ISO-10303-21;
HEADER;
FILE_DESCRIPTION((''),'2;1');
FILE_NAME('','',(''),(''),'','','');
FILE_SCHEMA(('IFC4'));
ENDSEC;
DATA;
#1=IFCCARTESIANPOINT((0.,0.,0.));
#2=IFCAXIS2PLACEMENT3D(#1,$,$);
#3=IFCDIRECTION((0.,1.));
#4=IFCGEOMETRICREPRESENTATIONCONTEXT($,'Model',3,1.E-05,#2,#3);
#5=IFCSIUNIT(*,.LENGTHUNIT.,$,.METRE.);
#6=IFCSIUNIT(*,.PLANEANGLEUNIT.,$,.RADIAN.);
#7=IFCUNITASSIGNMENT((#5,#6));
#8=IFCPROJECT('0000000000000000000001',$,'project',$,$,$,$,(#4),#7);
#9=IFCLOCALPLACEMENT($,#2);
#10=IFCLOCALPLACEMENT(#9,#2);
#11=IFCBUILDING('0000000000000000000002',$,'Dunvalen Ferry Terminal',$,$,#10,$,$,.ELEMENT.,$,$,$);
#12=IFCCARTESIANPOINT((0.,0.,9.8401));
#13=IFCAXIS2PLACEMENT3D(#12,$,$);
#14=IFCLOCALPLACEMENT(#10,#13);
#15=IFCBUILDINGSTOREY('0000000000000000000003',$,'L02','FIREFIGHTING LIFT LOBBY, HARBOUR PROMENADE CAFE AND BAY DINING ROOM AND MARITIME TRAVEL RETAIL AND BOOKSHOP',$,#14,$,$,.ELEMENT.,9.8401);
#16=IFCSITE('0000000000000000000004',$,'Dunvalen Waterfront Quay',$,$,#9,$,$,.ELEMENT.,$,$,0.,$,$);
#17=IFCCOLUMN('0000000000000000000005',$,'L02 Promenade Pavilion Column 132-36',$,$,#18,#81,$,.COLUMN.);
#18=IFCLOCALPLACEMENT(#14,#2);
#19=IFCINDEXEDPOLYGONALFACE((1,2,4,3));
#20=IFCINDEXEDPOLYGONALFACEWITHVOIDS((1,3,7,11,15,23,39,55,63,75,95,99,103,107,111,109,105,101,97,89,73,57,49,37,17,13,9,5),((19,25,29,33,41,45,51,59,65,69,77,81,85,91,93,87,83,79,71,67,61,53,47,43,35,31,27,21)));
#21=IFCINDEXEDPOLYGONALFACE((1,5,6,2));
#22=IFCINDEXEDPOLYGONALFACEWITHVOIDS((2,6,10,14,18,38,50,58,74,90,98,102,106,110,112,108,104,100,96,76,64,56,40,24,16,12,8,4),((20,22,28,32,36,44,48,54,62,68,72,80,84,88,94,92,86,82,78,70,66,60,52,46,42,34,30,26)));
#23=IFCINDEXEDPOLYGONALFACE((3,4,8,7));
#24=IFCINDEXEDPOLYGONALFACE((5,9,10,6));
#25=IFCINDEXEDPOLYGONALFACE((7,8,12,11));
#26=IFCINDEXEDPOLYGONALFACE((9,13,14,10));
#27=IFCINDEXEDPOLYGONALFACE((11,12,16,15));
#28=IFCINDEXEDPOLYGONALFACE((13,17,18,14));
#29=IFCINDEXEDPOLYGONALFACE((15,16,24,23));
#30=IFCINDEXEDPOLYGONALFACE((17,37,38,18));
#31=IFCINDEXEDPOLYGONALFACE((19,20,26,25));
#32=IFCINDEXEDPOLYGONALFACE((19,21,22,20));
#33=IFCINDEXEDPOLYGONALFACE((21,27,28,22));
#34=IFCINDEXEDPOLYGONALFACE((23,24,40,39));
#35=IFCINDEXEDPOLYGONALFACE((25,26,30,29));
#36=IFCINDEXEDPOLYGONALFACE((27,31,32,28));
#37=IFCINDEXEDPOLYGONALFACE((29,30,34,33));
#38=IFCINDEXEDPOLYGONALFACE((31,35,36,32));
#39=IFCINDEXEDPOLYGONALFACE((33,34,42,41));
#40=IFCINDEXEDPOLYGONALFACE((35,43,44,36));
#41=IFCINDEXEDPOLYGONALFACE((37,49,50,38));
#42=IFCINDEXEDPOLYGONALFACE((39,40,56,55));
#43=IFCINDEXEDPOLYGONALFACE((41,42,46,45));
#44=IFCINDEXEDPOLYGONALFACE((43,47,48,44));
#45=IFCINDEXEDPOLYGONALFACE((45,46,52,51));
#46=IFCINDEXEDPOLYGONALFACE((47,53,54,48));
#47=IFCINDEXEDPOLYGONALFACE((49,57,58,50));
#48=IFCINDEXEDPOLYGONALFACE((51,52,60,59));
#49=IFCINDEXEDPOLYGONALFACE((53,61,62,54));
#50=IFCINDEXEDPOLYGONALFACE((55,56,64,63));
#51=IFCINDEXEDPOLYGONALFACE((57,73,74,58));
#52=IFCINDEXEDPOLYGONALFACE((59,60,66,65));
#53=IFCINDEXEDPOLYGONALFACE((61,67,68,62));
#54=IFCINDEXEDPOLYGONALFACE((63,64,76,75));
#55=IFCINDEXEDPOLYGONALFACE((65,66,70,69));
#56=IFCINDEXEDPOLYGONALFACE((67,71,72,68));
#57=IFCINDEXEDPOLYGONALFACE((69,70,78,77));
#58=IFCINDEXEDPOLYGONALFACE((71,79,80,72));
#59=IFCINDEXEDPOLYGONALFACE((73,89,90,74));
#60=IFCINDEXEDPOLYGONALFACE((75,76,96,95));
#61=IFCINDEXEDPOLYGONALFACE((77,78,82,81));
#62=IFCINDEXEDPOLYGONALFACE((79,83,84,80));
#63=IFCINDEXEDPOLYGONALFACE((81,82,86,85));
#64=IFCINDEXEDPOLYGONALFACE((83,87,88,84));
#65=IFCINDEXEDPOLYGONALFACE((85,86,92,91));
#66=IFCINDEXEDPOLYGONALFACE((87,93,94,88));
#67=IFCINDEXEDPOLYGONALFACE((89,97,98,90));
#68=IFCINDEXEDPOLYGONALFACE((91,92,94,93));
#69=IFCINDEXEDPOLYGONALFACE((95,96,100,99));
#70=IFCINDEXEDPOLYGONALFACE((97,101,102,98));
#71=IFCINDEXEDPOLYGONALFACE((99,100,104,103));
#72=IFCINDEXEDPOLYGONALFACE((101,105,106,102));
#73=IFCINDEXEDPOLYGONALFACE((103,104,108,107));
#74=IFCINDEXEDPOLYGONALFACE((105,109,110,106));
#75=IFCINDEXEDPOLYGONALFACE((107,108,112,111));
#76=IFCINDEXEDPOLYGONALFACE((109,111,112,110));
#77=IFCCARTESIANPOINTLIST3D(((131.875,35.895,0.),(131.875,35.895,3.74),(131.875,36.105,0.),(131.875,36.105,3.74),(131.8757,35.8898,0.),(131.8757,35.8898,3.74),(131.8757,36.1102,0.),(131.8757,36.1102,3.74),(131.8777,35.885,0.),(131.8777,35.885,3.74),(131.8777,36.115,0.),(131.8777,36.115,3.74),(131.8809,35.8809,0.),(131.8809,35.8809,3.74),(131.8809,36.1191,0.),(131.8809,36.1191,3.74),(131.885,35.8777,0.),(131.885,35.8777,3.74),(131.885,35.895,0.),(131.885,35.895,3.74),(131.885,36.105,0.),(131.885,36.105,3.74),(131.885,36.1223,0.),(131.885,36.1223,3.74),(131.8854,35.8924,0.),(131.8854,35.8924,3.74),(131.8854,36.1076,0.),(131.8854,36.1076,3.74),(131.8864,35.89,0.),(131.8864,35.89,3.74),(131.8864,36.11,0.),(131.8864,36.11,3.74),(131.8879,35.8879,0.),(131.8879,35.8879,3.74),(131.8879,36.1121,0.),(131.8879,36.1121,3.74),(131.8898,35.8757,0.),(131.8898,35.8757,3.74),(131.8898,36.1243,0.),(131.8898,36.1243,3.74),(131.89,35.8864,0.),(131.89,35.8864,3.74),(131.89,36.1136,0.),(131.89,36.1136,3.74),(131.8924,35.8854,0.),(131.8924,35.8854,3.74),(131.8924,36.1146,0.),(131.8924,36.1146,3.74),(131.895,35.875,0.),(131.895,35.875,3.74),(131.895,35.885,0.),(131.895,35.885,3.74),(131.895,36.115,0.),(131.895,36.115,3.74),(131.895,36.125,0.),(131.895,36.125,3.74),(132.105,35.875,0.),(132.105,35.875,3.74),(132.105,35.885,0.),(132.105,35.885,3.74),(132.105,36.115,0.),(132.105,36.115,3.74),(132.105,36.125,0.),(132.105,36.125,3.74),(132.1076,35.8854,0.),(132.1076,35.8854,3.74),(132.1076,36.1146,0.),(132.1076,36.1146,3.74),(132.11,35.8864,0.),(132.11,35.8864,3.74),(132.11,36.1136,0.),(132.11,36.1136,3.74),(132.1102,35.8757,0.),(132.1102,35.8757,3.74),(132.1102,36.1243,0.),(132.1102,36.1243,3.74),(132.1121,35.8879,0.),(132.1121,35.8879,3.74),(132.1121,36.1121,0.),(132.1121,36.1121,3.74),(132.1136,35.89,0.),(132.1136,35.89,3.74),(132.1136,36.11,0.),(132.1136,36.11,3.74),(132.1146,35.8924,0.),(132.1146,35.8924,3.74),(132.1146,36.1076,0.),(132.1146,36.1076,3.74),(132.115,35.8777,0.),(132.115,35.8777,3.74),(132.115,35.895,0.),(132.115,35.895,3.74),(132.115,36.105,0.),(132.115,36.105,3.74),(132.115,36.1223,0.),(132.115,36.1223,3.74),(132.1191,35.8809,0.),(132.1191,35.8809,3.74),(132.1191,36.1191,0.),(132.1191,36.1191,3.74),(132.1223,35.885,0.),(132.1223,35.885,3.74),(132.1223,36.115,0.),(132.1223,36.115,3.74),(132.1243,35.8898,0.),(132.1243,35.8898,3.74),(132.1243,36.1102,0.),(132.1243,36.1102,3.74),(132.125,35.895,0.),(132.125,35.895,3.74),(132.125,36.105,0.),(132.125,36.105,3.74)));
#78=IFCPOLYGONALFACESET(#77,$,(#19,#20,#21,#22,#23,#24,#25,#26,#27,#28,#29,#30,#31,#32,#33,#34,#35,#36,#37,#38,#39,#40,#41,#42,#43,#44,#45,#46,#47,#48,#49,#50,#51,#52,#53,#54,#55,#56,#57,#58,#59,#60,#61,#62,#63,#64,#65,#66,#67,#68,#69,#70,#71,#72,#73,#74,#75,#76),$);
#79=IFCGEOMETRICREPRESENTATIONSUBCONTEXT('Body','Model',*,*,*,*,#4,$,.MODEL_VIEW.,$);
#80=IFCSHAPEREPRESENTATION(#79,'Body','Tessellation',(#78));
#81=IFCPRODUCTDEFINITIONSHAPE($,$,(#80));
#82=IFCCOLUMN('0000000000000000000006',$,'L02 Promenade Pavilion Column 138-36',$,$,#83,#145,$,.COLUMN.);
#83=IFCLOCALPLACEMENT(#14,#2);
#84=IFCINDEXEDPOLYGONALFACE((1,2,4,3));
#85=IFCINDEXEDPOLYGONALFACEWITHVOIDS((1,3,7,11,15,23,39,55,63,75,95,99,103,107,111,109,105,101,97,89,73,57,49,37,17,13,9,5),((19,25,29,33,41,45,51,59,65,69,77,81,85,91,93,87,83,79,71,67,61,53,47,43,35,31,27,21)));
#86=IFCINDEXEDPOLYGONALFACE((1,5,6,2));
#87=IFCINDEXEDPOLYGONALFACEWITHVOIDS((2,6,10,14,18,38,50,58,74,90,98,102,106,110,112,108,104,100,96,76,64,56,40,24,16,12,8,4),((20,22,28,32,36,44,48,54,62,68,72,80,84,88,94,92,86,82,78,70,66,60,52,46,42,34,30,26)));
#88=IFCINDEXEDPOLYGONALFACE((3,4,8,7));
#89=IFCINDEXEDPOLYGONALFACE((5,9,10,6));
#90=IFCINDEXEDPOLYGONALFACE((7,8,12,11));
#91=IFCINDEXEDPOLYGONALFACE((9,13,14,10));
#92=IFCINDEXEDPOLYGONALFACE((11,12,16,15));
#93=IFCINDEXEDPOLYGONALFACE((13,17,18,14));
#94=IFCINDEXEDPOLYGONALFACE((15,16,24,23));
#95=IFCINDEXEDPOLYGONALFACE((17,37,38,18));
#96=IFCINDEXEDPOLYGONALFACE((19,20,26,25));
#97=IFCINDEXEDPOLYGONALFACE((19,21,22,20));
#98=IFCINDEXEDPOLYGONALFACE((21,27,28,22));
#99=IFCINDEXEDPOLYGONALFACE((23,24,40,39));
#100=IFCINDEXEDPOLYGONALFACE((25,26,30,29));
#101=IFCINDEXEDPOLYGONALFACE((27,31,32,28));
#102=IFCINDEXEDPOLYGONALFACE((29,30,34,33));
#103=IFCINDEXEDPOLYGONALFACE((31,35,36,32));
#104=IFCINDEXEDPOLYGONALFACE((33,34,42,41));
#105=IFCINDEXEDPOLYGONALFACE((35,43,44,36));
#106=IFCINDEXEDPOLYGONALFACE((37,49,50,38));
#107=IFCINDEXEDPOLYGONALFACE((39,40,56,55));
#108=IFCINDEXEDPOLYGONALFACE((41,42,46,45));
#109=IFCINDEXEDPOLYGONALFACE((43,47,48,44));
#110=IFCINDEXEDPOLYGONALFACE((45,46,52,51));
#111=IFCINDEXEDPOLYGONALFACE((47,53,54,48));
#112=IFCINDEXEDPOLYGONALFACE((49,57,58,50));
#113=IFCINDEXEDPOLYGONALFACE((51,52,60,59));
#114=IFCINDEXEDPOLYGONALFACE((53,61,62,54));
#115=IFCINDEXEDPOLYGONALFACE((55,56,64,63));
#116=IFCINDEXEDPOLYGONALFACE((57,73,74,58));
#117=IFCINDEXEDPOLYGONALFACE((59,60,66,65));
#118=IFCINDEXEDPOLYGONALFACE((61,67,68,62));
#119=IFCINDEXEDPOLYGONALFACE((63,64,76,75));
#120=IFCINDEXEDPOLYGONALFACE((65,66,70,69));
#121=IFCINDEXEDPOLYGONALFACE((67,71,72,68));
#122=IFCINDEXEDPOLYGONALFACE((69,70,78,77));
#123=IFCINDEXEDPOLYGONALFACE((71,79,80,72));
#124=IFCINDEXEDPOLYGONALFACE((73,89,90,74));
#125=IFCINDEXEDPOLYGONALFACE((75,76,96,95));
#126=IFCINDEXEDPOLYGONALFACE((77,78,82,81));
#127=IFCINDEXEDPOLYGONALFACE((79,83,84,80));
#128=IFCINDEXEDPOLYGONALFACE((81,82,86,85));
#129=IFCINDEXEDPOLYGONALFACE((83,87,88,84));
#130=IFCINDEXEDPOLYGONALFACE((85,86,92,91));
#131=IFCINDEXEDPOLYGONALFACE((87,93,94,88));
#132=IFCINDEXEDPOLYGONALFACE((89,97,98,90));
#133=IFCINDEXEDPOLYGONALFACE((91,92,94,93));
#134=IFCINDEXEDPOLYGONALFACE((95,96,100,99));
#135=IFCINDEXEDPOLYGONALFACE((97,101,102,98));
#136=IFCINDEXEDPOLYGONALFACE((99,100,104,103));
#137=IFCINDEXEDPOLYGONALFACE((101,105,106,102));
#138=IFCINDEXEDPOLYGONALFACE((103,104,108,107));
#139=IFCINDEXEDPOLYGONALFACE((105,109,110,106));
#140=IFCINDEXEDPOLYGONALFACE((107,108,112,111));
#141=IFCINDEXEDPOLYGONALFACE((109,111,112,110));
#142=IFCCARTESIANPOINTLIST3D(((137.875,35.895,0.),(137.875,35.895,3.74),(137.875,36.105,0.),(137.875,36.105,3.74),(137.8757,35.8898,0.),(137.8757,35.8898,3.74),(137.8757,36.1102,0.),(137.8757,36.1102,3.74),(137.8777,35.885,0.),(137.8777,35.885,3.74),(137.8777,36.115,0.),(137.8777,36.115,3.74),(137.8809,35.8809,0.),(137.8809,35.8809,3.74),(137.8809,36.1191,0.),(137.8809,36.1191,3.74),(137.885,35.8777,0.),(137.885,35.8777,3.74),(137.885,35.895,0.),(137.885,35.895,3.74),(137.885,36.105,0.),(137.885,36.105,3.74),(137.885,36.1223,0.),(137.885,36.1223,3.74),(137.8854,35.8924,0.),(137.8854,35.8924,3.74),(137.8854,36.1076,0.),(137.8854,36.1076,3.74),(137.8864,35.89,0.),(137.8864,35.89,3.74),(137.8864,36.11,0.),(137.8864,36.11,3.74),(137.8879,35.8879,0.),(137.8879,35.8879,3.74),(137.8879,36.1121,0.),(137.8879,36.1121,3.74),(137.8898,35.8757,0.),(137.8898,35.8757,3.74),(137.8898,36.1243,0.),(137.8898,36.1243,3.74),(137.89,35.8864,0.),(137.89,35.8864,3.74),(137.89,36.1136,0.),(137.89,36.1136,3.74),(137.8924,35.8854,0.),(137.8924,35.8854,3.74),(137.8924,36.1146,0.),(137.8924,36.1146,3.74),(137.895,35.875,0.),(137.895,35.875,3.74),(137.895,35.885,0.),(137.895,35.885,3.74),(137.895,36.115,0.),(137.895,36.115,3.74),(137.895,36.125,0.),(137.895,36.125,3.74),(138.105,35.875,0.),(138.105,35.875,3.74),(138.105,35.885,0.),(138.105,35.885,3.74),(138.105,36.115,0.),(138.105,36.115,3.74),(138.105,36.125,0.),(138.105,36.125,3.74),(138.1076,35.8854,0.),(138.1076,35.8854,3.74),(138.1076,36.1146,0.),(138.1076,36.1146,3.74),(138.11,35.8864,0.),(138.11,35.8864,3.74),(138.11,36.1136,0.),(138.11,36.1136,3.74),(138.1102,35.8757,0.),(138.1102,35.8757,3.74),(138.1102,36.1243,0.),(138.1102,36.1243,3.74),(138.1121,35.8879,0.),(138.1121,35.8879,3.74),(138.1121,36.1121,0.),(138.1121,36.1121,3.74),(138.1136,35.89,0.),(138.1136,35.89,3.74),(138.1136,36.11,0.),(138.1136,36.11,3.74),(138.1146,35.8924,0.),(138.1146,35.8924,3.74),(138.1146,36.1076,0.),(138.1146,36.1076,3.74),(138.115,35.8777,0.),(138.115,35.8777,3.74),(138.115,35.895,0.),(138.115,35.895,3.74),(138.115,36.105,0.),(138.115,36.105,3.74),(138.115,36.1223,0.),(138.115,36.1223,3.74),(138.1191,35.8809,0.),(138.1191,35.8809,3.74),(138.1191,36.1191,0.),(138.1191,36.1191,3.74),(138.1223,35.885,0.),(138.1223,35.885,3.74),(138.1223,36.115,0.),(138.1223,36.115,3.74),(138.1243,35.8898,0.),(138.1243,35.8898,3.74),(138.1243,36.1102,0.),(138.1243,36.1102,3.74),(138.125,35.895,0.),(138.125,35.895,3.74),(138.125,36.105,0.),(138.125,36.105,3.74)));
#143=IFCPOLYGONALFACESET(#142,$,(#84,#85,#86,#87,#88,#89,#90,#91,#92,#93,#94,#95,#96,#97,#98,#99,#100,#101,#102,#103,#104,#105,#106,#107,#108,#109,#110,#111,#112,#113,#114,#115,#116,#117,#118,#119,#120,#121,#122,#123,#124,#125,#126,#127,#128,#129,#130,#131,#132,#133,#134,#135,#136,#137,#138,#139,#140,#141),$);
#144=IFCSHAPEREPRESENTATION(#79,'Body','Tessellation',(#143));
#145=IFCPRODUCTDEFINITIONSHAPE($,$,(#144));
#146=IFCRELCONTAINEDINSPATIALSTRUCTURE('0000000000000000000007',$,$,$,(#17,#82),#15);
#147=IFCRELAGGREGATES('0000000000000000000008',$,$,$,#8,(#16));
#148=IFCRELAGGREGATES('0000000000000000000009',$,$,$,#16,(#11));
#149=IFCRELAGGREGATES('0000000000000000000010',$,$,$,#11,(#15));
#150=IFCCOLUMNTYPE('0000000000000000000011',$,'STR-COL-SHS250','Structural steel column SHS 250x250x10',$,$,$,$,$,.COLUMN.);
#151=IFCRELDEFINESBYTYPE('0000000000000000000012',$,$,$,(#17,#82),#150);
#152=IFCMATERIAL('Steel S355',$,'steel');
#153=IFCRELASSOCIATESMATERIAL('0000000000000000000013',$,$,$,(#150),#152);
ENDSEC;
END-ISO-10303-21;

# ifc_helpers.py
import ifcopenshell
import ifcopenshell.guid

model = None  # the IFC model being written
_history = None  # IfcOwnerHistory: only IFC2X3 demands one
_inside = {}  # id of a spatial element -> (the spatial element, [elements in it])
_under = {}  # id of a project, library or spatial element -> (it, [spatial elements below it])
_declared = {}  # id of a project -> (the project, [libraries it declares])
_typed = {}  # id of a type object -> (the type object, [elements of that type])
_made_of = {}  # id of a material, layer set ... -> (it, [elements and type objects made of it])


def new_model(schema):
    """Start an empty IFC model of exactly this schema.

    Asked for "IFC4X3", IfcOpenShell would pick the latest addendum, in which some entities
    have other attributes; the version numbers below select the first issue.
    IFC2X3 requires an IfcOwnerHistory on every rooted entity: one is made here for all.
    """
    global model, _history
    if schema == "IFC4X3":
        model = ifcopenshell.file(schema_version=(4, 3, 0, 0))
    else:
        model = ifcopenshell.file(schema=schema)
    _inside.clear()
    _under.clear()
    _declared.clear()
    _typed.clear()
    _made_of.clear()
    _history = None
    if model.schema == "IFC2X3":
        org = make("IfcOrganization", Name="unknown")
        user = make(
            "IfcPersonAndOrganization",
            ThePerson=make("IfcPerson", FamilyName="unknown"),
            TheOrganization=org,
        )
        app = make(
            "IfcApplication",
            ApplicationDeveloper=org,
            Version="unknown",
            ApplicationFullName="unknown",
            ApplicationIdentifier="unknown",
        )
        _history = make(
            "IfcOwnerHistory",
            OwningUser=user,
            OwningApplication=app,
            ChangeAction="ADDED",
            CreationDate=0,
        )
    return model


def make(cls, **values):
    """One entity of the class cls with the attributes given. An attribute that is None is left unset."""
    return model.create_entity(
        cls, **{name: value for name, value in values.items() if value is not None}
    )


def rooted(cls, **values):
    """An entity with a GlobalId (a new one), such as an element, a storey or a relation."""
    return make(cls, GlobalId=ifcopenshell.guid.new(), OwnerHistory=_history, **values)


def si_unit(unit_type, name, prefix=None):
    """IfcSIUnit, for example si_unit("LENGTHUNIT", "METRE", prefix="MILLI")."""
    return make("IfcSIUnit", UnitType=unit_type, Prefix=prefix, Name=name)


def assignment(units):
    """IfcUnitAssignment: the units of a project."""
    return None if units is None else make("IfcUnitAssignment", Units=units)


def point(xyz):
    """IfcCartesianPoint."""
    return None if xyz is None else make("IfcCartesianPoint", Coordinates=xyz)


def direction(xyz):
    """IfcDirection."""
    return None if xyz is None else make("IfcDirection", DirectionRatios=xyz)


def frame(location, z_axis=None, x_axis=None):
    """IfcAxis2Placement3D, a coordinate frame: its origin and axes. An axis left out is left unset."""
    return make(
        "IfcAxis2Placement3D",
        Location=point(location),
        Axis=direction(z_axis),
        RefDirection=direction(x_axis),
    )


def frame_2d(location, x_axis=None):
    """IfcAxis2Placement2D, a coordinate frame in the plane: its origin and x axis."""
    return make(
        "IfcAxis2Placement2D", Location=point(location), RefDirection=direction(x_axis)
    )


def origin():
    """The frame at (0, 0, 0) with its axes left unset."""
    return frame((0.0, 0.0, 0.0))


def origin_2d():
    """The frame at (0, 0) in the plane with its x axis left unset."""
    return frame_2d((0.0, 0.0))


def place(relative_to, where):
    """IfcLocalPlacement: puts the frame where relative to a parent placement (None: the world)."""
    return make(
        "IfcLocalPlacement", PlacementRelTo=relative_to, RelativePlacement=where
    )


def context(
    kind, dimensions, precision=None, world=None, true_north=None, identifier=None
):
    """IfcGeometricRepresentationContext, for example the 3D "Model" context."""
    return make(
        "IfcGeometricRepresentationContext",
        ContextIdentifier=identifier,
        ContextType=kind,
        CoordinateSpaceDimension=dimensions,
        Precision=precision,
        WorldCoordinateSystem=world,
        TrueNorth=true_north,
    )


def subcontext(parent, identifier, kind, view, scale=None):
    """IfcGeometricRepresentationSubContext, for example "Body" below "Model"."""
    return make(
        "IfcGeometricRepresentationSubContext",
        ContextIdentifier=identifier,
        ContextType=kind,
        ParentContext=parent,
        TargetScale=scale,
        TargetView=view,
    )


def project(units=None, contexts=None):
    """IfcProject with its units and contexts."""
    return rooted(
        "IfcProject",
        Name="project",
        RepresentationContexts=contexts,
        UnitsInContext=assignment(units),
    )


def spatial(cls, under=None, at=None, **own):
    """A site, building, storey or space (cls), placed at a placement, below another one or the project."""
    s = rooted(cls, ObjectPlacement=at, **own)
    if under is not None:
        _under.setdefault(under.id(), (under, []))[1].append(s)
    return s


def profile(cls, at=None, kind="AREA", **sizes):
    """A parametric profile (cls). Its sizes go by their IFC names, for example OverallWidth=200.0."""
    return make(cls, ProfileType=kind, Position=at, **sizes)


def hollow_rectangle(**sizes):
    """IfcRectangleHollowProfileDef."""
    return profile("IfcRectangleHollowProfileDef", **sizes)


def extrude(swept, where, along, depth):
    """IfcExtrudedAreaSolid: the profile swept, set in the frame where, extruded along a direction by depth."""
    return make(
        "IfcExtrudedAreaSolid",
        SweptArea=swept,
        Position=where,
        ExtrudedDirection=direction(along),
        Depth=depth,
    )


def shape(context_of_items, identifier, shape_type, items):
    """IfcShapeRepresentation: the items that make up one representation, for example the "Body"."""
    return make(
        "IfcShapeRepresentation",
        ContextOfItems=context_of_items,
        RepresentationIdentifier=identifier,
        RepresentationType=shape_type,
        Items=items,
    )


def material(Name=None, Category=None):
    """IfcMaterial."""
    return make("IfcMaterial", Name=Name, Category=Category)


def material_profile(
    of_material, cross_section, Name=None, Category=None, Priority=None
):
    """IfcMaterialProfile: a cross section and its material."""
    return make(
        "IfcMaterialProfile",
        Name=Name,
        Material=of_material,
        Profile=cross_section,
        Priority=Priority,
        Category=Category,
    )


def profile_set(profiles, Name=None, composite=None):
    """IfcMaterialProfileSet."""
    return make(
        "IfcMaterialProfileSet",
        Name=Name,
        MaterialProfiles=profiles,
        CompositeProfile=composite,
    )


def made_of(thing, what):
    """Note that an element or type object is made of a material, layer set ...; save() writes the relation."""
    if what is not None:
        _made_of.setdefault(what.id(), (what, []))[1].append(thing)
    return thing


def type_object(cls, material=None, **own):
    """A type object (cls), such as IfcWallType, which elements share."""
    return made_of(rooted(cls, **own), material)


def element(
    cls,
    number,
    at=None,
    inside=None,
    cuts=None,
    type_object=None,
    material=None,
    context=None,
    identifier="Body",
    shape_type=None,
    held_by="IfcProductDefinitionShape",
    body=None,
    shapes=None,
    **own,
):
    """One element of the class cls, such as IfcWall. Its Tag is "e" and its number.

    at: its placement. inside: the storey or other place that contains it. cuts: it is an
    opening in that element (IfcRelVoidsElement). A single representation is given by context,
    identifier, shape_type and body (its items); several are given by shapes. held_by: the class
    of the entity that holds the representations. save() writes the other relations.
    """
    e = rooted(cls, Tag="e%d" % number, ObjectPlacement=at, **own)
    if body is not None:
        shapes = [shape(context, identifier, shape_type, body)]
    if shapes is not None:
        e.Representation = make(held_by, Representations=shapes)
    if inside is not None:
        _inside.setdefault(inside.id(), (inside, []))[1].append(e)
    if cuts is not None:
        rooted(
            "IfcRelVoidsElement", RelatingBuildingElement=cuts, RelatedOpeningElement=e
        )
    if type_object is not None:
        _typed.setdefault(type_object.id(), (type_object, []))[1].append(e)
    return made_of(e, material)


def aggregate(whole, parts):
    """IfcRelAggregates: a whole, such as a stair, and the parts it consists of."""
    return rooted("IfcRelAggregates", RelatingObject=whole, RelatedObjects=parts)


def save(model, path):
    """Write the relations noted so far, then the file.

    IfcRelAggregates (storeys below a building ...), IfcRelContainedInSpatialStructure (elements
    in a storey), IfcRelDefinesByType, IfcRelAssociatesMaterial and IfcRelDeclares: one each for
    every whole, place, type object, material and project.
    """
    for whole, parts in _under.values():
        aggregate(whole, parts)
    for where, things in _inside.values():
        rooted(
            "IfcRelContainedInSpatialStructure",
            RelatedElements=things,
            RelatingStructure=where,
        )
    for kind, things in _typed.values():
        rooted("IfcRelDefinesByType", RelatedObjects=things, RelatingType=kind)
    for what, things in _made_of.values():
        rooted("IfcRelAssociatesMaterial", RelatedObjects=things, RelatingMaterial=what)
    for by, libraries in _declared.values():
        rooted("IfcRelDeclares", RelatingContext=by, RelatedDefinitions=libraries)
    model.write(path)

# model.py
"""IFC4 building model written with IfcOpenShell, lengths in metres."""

from ifc_helpers import new_model, si_unit, direction, frame, origin, origin_2d, place, context, subcontext, project, spatial, hollow_rectangle, extrude, material, material_profile, profile_set, type_object, element, save


model = new_model("IFC4")

# Units and contexts
model_context = context("Model", 3, precision=1e-05, world=origin(), true_north=direction((0.0, 1.0)))
body_context = subcontext(model_context, "Body", "Model", "MODEL_VIEW")
ifc_project = project(units=[si_unit("LENGTHUNIT", "METRE"), si_unit("PLANEANGLEUNIT", "RADIAN")], contexts=[model_context])

# Site, building, storey
site_placement = place(None, origin())
site = spatial("IfcSite", under=ifc_project, at=site_placement, Name="Dunvalen Waterfront Quay", CompositionType="ELEMENT", RefElevation=0.0)
building_placement = place(site_placement, origin())
building = spatial("IfcBuilding", under=site, at=building_placement, Name="Dunvalen Ferry Terminal", CompositionType="ELEMENT")
storey_placement = place(building_placement, frame((0.0, 0.0, 9.8401)))
storey = spatial("IfcBuildingStorey", under=building, at=storey_placement, Name="L02", Description="FIREFIGHTING LIFT LOBBY, HARBOUR PROMENADE CAFE AND BAY DINING ROOM AND MARITIME TRAVEL RETAIL AND BOOKSHOP", CompositionType="ELEMENT", Elevation=9.8401)

# Columns
ifc_material_1 = material(Name="Steel S355", Category="steel")
ifc_material_profile_1 = material_profile(ifc_material_1, hollow_rectangle(XDim=0.25, YDim=0.25, WallThickness=0.01, InnerFilletRadius=0.01, OuterFilletRadius=0.02, at=origin_2d()), Name="Steel S355")
ifc_profile_set_1 = profile_set([ifc_material_profile_1], Name="Steel S355")
column_type = type_object("IfcColumnType", Name="STR-COL-SHS250", Description="Structural steel column SHS 250x250x10", PredefinedType="COLUMN", material=ifc_profile_set_1)
for number, where, z_axis, x_axis, name in (
    (1, (132.0, 36.0, 0.0), (0.0, 0.0, 1.0), (1.0, 0.0, 0.0), "L02 Promenade Pavilion Column 132-36"),
    (2, (138.0, 36.0, 0.0), (0.0, 0.0, 1.0), (1.0, 0.0, 0.0), "L02 Promenade Pavilion Column 138-36"),
):
    element("IfcColumn", number, at=place(storey_placement, frame(where, z_axis=z_axis, x_axis=x_axis)), inside=storey, type_object=column_type, Name=name, PredefinedType="COLUMN", context=body_context, shape_type="SweptSolid", body=[
        extrude(hollow_rectangle(XDim=0.25, YDim=0.25, WallThickness=0.01, InnerFilletRadius=0.01, OuterFilletRadius=0.02, at=origin_2d()), origin(), (0.0, 0.0, 1.0), 3.74),
    ])

save(model, "model.ifc")
